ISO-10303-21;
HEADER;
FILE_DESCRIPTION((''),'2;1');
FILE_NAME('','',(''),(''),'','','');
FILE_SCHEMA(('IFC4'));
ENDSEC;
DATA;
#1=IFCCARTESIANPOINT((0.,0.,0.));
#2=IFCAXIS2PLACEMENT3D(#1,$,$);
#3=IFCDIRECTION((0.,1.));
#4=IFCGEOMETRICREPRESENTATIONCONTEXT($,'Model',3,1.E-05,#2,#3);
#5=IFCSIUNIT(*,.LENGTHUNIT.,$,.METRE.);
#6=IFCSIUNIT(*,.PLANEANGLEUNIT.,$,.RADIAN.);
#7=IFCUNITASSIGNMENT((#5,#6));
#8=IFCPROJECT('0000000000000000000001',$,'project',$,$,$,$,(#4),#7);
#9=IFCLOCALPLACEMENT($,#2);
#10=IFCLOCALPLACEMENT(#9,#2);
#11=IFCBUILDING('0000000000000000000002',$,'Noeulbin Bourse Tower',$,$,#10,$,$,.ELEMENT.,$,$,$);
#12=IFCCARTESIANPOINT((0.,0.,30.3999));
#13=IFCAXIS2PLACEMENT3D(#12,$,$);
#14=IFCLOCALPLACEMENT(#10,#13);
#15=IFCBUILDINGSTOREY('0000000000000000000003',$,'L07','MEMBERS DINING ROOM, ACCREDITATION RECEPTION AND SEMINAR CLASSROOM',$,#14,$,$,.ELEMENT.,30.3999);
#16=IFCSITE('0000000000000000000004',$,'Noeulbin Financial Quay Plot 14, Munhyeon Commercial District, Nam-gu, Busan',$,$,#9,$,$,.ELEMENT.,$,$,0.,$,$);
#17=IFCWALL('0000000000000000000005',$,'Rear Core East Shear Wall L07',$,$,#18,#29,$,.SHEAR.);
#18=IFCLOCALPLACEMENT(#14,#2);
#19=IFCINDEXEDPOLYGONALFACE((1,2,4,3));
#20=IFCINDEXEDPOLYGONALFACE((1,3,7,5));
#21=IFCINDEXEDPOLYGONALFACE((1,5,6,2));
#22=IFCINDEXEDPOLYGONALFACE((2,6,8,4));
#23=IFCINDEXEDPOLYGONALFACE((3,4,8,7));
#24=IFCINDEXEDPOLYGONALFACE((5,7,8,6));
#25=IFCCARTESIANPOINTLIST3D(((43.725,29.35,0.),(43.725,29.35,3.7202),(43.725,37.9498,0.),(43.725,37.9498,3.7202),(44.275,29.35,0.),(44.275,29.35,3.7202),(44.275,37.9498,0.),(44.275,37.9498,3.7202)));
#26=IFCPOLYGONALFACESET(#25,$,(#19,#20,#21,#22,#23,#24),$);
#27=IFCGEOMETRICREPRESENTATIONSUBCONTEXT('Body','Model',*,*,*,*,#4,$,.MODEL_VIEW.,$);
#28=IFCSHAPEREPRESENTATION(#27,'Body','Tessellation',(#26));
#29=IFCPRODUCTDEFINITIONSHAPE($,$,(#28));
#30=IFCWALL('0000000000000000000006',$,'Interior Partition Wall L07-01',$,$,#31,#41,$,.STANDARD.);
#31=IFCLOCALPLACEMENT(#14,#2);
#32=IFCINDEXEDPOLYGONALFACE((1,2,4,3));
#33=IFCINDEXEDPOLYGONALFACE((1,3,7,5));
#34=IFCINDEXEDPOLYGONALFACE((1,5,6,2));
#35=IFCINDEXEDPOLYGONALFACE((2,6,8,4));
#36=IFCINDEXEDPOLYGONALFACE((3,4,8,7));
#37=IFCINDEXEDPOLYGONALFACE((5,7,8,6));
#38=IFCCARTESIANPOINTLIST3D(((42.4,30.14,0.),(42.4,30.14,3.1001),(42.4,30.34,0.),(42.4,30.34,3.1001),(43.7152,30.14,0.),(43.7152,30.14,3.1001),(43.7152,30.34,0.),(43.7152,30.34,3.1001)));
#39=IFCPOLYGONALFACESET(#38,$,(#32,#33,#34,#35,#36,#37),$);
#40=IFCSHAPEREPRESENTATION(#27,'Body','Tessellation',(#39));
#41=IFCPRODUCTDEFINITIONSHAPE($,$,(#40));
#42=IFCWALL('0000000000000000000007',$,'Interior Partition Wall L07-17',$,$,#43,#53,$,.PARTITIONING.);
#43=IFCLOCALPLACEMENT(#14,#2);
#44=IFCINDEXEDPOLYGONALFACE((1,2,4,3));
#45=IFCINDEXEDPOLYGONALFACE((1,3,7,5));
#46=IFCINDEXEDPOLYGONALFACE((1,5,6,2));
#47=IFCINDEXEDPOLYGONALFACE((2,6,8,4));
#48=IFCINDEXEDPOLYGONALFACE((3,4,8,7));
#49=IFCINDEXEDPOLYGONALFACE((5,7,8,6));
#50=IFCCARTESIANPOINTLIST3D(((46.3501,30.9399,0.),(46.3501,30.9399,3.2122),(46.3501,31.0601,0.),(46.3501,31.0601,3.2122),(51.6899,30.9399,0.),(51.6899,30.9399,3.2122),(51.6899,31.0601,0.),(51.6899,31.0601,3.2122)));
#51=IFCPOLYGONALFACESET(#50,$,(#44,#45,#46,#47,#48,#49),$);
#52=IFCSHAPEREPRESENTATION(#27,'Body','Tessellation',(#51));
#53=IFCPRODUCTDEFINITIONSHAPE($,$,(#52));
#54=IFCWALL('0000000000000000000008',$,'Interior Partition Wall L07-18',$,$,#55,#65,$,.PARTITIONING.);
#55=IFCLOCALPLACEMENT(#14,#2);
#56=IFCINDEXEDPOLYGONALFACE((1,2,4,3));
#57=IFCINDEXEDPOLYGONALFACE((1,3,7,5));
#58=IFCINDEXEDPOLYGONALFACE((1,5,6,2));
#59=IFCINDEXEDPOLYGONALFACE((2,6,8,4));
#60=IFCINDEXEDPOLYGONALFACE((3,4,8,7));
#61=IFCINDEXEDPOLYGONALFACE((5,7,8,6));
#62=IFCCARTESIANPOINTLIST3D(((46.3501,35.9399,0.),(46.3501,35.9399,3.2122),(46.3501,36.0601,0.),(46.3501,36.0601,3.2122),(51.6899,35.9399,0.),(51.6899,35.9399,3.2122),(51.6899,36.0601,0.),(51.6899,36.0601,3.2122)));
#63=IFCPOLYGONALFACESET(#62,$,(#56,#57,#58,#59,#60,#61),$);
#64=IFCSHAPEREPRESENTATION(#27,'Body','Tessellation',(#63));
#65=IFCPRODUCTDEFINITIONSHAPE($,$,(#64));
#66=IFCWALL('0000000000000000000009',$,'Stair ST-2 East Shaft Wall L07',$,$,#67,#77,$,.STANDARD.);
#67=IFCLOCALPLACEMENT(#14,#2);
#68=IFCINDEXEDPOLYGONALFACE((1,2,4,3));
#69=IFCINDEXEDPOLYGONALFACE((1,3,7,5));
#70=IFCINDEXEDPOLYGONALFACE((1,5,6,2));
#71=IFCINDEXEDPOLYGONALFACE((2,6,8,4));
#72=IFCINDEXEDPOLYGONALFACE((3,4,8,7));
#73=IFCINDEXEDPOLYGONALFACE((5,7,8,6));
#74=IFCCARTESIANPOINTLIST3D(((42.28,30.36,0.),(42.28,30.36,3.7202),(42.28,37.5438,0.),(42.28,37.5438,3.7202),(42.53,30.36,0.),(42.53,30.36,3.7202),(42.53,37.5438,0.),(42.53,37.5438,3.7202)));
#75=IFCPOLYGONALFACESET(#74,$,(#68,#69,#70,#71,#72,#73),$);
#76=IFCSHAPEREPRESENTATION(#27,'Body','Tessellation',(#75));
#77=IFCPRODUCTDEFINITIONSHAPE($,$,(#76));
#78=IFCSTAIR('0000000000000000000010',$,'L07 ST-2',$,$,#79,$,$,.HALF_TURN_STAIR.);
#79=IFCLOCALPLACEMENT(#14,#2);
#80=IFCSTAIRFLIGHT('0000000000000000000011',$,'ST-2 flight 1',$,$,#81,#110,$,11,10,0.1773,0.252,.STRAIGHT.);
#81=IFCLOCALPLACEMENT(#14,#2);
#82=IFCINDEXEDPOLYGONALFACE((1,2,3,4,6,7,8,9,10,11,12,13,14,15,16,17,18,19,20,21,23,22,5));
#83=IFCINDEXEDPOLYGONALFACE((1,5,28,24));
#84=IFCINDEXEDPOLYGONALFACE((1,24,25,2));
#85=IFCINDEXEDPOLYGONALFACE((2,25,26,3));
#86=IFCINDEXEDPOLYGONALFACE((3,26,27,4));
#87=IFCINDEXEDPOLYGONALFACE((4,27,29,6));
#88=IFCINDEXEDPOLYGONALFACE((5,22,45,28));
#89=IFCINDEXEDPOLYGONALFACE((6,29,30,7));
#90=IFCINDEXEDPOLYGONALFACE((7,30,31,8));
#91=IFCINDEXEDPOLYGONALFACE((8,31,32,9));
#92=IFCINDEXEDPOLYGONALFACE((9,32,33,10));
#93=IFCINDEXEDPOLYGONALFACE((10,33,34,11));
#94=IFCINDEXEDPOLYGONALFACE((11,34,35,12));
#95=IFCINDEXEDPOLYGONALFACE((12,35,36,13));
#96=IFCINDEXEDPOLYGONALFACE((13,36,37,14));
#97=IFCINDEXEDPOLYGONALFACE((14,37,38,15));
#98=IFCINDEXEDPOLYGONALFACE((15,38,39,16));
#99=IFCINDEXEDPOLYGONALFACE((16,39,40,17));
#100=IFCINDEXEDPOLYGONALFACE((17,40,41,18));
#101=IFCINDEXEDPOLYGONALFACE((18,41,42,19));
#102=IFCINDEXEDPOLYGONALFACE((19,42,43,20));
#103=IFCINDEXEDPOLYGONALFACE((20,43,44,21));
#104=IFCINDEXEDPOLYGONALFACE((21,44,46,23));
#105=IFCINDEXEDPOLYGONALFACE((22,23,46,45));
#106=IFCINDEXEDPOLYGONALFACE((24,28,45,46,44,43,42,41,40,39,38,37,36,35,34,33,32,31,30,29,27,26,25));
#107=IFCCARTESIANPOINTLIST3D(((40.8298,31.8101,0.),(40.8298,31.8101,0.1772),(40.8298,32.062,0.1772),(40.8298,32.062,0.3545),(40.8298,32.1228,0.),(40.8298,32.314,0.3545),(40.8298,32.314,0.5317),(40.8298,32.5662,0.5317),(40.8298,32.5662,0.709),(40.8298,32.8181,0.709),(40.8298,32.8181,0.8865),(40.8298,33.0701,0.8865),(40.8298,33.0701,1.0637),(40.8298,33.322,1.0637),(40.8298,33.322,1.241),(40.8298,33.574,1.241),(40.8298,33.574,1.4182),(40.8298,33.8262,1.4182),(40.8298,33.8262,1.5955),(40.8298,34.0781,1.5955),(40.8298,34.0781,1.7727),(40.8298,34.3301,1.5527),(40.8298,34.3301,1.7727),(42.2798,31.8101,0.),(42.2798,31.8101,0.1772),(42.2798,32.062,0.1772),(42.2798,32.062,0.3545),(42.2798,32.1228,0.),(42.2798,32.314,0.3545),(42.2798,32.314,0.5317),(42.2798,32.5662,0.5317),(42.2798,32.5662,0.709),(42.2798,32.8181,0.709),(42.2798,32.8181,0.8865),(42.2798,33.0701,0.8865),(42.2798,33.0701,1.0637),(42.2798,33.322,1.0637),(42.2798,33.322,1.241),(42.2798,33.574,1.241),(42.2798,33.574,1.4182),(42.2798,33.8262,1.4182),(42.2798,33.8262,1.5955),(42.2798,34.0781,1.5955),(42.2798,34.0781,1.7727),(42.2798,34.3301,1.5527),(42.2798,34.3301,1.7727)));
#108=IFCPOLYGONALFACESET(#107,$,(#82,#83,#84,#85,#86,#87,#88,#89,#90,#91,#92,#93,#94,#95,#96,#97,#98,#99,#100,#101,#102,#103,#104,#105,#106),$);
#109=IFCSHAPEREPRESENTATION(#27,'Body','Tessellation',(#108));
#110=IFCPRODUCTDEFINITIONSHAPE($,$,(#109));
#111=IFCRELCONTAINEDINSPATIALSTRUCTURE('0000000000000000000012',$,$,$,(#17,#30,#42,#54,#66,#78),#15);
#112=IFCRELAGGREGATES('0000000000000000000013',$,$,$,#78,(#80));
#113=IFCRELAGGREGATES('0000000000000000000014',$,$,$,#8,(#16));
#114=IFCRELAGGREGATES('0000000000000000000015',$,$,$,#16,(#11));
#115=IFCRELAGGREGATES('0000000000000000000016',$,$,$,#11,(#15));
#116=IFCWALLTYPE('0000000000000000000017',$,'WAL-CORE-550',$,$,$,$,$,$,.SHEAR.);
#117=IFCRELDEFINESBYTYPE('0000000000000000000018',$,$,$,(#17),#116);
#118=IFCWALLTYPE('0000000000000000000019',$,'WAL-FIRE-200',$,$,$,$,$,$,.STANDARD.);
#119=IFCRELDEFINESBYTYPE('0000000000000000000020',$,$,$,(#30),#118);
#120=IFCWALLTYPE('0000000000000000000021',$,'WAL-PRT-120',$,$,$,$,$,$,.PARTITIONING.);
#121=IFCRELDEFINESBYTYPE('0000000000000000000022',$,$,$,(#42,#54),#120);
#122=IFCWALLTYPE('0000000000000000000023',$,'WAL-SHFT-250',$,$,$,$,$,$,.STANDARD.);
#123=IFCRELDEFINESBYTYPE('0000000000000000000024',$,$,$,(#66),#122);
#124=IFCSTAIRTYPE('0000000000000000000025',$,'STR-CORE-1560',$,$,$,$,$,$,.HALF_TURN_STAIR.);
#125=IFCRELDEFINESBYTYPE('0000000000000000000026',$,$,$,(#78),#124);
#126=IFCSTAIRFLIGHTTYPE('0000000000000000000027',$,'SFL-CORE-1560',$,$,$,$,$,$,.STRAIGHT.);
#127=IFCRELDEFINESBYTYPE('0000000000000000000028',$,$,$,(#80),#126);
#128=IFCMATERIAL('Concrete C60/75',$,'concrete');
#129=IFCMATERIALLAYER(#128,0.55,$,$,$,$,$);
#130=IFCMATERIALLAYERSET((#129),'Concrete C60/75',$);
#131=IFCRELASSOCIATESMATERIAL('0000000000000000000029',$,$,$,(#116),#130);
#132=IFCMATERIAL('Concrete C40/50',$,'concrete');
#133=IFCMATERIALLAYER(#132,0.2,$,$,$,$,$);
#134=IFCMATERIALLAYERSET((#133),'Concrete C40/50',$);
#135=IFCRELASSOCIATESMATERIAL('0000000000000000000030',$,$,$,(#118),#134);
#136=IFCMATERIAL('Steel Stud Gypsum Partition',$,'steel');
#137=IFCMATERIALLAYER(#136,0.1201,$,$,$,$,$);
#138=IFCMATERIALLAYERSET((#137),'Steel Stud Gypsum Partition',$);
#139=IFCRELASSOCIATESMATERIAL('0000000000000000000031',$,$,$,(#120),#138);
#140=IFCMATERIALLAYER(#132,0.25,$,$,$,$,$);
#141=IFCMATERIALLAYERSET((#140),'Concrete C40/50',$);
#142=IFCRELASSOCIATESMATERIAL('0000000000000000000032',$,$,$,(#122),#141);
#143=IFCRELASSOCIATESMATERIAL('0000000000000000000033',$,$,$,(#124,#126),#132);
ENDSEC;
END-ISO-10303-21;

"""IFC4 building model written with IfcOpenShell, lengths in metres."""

from ifc_helpers import new_model, si_unit, direction, frame, frame_2d, origin, place, context, subcontext, project, spatial, polyline, rectangle, outline, extrude, material, layer, layer_set, type_object, element, aggregate, save


model = new_model("IFC4")

# Units and contexts
model_context = context("Model", 3, precision=1e-05, world=origin(), true_north=direction((0.0, 1.0)))
body_context = subcontext(model_context, "Body", "Model", "MODEL_VIEW")
ifc_project = project(units=[si_unit("LENGTHUNIT", "METRE"), si_unit("PLANEANGLEUNIT", "RADIAN")], contexts=[model_context])

# Site, building, storey
site_placement = place(None, origin())
site = spatial("IfcSite", under=ifc_project, at=site_placement, Name="Noeulbin Financial Quay Plot 14, Munhyeon Commercial District, Nam-gu, Busan", CompositionType="ELEMENT", RefElevation=0.0)
building_placement = place(site_placement, origin())
building = spatial("IfcBuilding", under=site, at=building_placement, Name="Noeulbin Bourse Tower", CompositionType="ELEMENT")
storey_placement = place(building_placement, frame((0.0, 0.0, 30.3999)))
storey = spatial("IfcBuildingStorey", under=building, at=storey_placement, Name="L07", Description="MEMBERS DINING ROOM, ACCREDITATION RECEPTION AND SEMINAR CLASSROOM", CompositionType="ELEMENT", Elevation=30.3999)

# Walls
ifc_material_1 = material(Name="Concrete C60/75", Category="concrete")
ifc_layer_1 = layer(ifc_material_1, 0.55)
ifc_layer_set_1 = layer_set([ifc_layer_1], Name="Concrete C60/75")
wall_type_1 = type_object("IfcWallType", Name="WAL-CORE-550", PredefinedType="SHEAR", material=ifc_layer_set_1)
wall_1_placement = place(storey_placement, frame((44.0, 29.3501, 0.0), z_axis=(0.0, 0.0, 1.0), x_axis=(0.0, 1.0, 0.0)))
element("IfcWall", 1, at=wall_1_placement, inside=storey, type_object=wall_type_1, Name="Rear Core East Shear Wall L07", PredefinedType="SHEAR", context=body_context, shape_type="SweptSolid", body=[
    extrude(rectangle(XDim=8.5999, YDim=0.55, at=frame_2d((4.2998, 0.0))), origin(), (0.0, 0.0, 1.0), 3.7202),
])
ifc_material_2 = material(Name="Concrete C40/50", Category="concrete")
ifc_layer_2 = layer(ifc_material_2, 0.2)
ifc_layer_set_2 = layer_set([ifc_layer_2], Name="Concrete C40/50")
wall_type_2 = type_object("IfcWallType", Name="WAL-FIRE-200", PredefinedType="STANDARD", material=ifc_layer_set_2)
wall_2_placement = place(storey_placement, frame((42.3999, 30.24, 0.0), z_axis=(0.0, 0.0, 1.0), x_axis=(1.0, 0.0, 0.0)))
element("IfcWall", 2, at=wall_2_placement, inside=storey, type_object=wall_type_2, Name="Interior Partition Wall L07-01", PredefinedType="STANDARD", context=body_context, shape_type="SweptSolid", body=[
    extrude(rectangle(XDim=1.3152, YDim=0.2, at=frame_2d((0.6577, 0.0))), origin(), (0.0, 0.0, 1.0), 3.1001),
])
ifc_material_3 = material(Name="Steel Stud Gypsum Partition", Category="steel")
ifc_layer_3 = layer(ifc_material_3, 0.1201)
ifc_layer_set_3 = layer_set([ifc_layer_3], Name="Steel Stud Gypsum Partition")
wall_type_3 = type_object("IfcWallType", Name="WAL-PRT-120", PredefinedType="PARTITIONING", material=ifc_layer_set_3)
for number, where, z_axis, x_axis, name in (
    (3, (46.3501, 31.0, 0.0), (0.0, 0.0, 1.0), (1.0, 0.0, 0.0), "Interior Partition Wall L07-17"),
    (4, (46.3501, 36.0, 0.0), (0.0, 0.0, 1.0), (1.0, 0.0, 0.0), "Interior Partition Wall L07-18"),
):
    element("IfcWall", number, at=place(storey_placement, frame(where, z_axis=z_axis, x_axis=x_axis)), inside=storey, type_object=wall_type_3, Name=name, PredefinedType="PARTITIONING", context=body_context, shape_type="SweptSolid", body=[
        extrude(rectangle(XDim=5.3398, YDim=0.1201, at=frame_2d((2.6699, 0.0))), origin(), (0.0, 0.0, 1.0), 3.2122),
    ])
ifc_layer_4 = layer(ifc_material_2, 0.25)
ifc_layer_set_4 = layer_set([ifc_layer_4], Name="Concrete C40/50")
wall_type_4 = type_object("IfcWallType", Name="WAL-SHFT-250", PredefinedType="STANDARD", material=ifc_layer_set_4)
wall_3_placement = place(storey_placement, frame((42.405, 30.3601, 0.0), z_axis=(0.0, 0.0, 1.0), x_axis=(0.0, 1.0, 0.0)))
element("IfcWall", 5, at=wall_3_placement, inside=storey, type_object=wall_type_4, Name="Stair ST-2 East Shaft Wall L07", PredefinedType="STANDARD", context=body_context, shape_type="SweptSolid", body=[
    extrude(rectangle(XDim=7.1838, YDim=0.25, at=frame_2d((3.5918, 0.0))), origin(), (0.0, 0.0, 1.0), 3.7202),
])

# Stair, stair flight
stair_type = type_object("IfcStairType", Name="STR-CORE-1560", PredefinedType="HALF_TURN_STAIR", material=ifc_material_2)
stair_placement = place(storey_placement, origin())
stair = element("IfcStair", 6, at=stair_placement, inside=storey, type_object=stair_type, Name="L07 ST-2", PredefinedType="HALF_TURN_STAIR")
stair_flight_type = type_object("IfcStairFlightType", Name="SFL-CORE-1560", PredefinedType="STRAIGHT", material=ifc_material_2)
stair_flight_placement = place(storey_placement, frame((41.5549, 31.8101, 0.0), z_axis=(0.0, 0.0, 1.0), x_axis=(0.0, 1.0, 0.0)))
stair_flight = element("IfcStairFlight", 7, at=stair_flight_placement, type_object=stair_flight_type, Name="ST-2 flight 1", NumberOfRisers=11, NumberOfTreads=10, PredefinedType="STRAIGHT", RiserHeight=0.1773, TreadLength=0.252, context=body_context, shape_type="SweptSolid", body=[
    extrude(outline(polyline([(0.0, 0.0), (0.0, 0.1772), (0.252, 0.1772), (0.252, 0.3545), (0.5039, 0.3545), (0.5039, 0.5317), (0.7561, 0.5317), (0.7561, 0.709), (1.0081, 0.709), (1.0081, 0.8865), (1.26, 0.8865), (1.26, 1.0637), (1.512, 1.0637), (1.512, 1.241), (1.7639, 1.241), (1.7639, 1.4182), (2.0161, 1.4182), (2.0161, 1.5955), (2.2681, 1.5955), (2.2681, 1.7727), (2.52, 1.7727), (2.52, 1.95), (2.52, 1.5527), (0.3127, 0.0), (0.0, 0.0)])), frame((0.0, 0.7251, 0.0), z_axis=(0.0, -1.0, 0.0), x_axis=(1.0, 0.0, 0.0)), (0.0, 0.0, 1.0), 1.45),
])
aggregate(stair, [stair_flight])

save(model, "model.ifc")
